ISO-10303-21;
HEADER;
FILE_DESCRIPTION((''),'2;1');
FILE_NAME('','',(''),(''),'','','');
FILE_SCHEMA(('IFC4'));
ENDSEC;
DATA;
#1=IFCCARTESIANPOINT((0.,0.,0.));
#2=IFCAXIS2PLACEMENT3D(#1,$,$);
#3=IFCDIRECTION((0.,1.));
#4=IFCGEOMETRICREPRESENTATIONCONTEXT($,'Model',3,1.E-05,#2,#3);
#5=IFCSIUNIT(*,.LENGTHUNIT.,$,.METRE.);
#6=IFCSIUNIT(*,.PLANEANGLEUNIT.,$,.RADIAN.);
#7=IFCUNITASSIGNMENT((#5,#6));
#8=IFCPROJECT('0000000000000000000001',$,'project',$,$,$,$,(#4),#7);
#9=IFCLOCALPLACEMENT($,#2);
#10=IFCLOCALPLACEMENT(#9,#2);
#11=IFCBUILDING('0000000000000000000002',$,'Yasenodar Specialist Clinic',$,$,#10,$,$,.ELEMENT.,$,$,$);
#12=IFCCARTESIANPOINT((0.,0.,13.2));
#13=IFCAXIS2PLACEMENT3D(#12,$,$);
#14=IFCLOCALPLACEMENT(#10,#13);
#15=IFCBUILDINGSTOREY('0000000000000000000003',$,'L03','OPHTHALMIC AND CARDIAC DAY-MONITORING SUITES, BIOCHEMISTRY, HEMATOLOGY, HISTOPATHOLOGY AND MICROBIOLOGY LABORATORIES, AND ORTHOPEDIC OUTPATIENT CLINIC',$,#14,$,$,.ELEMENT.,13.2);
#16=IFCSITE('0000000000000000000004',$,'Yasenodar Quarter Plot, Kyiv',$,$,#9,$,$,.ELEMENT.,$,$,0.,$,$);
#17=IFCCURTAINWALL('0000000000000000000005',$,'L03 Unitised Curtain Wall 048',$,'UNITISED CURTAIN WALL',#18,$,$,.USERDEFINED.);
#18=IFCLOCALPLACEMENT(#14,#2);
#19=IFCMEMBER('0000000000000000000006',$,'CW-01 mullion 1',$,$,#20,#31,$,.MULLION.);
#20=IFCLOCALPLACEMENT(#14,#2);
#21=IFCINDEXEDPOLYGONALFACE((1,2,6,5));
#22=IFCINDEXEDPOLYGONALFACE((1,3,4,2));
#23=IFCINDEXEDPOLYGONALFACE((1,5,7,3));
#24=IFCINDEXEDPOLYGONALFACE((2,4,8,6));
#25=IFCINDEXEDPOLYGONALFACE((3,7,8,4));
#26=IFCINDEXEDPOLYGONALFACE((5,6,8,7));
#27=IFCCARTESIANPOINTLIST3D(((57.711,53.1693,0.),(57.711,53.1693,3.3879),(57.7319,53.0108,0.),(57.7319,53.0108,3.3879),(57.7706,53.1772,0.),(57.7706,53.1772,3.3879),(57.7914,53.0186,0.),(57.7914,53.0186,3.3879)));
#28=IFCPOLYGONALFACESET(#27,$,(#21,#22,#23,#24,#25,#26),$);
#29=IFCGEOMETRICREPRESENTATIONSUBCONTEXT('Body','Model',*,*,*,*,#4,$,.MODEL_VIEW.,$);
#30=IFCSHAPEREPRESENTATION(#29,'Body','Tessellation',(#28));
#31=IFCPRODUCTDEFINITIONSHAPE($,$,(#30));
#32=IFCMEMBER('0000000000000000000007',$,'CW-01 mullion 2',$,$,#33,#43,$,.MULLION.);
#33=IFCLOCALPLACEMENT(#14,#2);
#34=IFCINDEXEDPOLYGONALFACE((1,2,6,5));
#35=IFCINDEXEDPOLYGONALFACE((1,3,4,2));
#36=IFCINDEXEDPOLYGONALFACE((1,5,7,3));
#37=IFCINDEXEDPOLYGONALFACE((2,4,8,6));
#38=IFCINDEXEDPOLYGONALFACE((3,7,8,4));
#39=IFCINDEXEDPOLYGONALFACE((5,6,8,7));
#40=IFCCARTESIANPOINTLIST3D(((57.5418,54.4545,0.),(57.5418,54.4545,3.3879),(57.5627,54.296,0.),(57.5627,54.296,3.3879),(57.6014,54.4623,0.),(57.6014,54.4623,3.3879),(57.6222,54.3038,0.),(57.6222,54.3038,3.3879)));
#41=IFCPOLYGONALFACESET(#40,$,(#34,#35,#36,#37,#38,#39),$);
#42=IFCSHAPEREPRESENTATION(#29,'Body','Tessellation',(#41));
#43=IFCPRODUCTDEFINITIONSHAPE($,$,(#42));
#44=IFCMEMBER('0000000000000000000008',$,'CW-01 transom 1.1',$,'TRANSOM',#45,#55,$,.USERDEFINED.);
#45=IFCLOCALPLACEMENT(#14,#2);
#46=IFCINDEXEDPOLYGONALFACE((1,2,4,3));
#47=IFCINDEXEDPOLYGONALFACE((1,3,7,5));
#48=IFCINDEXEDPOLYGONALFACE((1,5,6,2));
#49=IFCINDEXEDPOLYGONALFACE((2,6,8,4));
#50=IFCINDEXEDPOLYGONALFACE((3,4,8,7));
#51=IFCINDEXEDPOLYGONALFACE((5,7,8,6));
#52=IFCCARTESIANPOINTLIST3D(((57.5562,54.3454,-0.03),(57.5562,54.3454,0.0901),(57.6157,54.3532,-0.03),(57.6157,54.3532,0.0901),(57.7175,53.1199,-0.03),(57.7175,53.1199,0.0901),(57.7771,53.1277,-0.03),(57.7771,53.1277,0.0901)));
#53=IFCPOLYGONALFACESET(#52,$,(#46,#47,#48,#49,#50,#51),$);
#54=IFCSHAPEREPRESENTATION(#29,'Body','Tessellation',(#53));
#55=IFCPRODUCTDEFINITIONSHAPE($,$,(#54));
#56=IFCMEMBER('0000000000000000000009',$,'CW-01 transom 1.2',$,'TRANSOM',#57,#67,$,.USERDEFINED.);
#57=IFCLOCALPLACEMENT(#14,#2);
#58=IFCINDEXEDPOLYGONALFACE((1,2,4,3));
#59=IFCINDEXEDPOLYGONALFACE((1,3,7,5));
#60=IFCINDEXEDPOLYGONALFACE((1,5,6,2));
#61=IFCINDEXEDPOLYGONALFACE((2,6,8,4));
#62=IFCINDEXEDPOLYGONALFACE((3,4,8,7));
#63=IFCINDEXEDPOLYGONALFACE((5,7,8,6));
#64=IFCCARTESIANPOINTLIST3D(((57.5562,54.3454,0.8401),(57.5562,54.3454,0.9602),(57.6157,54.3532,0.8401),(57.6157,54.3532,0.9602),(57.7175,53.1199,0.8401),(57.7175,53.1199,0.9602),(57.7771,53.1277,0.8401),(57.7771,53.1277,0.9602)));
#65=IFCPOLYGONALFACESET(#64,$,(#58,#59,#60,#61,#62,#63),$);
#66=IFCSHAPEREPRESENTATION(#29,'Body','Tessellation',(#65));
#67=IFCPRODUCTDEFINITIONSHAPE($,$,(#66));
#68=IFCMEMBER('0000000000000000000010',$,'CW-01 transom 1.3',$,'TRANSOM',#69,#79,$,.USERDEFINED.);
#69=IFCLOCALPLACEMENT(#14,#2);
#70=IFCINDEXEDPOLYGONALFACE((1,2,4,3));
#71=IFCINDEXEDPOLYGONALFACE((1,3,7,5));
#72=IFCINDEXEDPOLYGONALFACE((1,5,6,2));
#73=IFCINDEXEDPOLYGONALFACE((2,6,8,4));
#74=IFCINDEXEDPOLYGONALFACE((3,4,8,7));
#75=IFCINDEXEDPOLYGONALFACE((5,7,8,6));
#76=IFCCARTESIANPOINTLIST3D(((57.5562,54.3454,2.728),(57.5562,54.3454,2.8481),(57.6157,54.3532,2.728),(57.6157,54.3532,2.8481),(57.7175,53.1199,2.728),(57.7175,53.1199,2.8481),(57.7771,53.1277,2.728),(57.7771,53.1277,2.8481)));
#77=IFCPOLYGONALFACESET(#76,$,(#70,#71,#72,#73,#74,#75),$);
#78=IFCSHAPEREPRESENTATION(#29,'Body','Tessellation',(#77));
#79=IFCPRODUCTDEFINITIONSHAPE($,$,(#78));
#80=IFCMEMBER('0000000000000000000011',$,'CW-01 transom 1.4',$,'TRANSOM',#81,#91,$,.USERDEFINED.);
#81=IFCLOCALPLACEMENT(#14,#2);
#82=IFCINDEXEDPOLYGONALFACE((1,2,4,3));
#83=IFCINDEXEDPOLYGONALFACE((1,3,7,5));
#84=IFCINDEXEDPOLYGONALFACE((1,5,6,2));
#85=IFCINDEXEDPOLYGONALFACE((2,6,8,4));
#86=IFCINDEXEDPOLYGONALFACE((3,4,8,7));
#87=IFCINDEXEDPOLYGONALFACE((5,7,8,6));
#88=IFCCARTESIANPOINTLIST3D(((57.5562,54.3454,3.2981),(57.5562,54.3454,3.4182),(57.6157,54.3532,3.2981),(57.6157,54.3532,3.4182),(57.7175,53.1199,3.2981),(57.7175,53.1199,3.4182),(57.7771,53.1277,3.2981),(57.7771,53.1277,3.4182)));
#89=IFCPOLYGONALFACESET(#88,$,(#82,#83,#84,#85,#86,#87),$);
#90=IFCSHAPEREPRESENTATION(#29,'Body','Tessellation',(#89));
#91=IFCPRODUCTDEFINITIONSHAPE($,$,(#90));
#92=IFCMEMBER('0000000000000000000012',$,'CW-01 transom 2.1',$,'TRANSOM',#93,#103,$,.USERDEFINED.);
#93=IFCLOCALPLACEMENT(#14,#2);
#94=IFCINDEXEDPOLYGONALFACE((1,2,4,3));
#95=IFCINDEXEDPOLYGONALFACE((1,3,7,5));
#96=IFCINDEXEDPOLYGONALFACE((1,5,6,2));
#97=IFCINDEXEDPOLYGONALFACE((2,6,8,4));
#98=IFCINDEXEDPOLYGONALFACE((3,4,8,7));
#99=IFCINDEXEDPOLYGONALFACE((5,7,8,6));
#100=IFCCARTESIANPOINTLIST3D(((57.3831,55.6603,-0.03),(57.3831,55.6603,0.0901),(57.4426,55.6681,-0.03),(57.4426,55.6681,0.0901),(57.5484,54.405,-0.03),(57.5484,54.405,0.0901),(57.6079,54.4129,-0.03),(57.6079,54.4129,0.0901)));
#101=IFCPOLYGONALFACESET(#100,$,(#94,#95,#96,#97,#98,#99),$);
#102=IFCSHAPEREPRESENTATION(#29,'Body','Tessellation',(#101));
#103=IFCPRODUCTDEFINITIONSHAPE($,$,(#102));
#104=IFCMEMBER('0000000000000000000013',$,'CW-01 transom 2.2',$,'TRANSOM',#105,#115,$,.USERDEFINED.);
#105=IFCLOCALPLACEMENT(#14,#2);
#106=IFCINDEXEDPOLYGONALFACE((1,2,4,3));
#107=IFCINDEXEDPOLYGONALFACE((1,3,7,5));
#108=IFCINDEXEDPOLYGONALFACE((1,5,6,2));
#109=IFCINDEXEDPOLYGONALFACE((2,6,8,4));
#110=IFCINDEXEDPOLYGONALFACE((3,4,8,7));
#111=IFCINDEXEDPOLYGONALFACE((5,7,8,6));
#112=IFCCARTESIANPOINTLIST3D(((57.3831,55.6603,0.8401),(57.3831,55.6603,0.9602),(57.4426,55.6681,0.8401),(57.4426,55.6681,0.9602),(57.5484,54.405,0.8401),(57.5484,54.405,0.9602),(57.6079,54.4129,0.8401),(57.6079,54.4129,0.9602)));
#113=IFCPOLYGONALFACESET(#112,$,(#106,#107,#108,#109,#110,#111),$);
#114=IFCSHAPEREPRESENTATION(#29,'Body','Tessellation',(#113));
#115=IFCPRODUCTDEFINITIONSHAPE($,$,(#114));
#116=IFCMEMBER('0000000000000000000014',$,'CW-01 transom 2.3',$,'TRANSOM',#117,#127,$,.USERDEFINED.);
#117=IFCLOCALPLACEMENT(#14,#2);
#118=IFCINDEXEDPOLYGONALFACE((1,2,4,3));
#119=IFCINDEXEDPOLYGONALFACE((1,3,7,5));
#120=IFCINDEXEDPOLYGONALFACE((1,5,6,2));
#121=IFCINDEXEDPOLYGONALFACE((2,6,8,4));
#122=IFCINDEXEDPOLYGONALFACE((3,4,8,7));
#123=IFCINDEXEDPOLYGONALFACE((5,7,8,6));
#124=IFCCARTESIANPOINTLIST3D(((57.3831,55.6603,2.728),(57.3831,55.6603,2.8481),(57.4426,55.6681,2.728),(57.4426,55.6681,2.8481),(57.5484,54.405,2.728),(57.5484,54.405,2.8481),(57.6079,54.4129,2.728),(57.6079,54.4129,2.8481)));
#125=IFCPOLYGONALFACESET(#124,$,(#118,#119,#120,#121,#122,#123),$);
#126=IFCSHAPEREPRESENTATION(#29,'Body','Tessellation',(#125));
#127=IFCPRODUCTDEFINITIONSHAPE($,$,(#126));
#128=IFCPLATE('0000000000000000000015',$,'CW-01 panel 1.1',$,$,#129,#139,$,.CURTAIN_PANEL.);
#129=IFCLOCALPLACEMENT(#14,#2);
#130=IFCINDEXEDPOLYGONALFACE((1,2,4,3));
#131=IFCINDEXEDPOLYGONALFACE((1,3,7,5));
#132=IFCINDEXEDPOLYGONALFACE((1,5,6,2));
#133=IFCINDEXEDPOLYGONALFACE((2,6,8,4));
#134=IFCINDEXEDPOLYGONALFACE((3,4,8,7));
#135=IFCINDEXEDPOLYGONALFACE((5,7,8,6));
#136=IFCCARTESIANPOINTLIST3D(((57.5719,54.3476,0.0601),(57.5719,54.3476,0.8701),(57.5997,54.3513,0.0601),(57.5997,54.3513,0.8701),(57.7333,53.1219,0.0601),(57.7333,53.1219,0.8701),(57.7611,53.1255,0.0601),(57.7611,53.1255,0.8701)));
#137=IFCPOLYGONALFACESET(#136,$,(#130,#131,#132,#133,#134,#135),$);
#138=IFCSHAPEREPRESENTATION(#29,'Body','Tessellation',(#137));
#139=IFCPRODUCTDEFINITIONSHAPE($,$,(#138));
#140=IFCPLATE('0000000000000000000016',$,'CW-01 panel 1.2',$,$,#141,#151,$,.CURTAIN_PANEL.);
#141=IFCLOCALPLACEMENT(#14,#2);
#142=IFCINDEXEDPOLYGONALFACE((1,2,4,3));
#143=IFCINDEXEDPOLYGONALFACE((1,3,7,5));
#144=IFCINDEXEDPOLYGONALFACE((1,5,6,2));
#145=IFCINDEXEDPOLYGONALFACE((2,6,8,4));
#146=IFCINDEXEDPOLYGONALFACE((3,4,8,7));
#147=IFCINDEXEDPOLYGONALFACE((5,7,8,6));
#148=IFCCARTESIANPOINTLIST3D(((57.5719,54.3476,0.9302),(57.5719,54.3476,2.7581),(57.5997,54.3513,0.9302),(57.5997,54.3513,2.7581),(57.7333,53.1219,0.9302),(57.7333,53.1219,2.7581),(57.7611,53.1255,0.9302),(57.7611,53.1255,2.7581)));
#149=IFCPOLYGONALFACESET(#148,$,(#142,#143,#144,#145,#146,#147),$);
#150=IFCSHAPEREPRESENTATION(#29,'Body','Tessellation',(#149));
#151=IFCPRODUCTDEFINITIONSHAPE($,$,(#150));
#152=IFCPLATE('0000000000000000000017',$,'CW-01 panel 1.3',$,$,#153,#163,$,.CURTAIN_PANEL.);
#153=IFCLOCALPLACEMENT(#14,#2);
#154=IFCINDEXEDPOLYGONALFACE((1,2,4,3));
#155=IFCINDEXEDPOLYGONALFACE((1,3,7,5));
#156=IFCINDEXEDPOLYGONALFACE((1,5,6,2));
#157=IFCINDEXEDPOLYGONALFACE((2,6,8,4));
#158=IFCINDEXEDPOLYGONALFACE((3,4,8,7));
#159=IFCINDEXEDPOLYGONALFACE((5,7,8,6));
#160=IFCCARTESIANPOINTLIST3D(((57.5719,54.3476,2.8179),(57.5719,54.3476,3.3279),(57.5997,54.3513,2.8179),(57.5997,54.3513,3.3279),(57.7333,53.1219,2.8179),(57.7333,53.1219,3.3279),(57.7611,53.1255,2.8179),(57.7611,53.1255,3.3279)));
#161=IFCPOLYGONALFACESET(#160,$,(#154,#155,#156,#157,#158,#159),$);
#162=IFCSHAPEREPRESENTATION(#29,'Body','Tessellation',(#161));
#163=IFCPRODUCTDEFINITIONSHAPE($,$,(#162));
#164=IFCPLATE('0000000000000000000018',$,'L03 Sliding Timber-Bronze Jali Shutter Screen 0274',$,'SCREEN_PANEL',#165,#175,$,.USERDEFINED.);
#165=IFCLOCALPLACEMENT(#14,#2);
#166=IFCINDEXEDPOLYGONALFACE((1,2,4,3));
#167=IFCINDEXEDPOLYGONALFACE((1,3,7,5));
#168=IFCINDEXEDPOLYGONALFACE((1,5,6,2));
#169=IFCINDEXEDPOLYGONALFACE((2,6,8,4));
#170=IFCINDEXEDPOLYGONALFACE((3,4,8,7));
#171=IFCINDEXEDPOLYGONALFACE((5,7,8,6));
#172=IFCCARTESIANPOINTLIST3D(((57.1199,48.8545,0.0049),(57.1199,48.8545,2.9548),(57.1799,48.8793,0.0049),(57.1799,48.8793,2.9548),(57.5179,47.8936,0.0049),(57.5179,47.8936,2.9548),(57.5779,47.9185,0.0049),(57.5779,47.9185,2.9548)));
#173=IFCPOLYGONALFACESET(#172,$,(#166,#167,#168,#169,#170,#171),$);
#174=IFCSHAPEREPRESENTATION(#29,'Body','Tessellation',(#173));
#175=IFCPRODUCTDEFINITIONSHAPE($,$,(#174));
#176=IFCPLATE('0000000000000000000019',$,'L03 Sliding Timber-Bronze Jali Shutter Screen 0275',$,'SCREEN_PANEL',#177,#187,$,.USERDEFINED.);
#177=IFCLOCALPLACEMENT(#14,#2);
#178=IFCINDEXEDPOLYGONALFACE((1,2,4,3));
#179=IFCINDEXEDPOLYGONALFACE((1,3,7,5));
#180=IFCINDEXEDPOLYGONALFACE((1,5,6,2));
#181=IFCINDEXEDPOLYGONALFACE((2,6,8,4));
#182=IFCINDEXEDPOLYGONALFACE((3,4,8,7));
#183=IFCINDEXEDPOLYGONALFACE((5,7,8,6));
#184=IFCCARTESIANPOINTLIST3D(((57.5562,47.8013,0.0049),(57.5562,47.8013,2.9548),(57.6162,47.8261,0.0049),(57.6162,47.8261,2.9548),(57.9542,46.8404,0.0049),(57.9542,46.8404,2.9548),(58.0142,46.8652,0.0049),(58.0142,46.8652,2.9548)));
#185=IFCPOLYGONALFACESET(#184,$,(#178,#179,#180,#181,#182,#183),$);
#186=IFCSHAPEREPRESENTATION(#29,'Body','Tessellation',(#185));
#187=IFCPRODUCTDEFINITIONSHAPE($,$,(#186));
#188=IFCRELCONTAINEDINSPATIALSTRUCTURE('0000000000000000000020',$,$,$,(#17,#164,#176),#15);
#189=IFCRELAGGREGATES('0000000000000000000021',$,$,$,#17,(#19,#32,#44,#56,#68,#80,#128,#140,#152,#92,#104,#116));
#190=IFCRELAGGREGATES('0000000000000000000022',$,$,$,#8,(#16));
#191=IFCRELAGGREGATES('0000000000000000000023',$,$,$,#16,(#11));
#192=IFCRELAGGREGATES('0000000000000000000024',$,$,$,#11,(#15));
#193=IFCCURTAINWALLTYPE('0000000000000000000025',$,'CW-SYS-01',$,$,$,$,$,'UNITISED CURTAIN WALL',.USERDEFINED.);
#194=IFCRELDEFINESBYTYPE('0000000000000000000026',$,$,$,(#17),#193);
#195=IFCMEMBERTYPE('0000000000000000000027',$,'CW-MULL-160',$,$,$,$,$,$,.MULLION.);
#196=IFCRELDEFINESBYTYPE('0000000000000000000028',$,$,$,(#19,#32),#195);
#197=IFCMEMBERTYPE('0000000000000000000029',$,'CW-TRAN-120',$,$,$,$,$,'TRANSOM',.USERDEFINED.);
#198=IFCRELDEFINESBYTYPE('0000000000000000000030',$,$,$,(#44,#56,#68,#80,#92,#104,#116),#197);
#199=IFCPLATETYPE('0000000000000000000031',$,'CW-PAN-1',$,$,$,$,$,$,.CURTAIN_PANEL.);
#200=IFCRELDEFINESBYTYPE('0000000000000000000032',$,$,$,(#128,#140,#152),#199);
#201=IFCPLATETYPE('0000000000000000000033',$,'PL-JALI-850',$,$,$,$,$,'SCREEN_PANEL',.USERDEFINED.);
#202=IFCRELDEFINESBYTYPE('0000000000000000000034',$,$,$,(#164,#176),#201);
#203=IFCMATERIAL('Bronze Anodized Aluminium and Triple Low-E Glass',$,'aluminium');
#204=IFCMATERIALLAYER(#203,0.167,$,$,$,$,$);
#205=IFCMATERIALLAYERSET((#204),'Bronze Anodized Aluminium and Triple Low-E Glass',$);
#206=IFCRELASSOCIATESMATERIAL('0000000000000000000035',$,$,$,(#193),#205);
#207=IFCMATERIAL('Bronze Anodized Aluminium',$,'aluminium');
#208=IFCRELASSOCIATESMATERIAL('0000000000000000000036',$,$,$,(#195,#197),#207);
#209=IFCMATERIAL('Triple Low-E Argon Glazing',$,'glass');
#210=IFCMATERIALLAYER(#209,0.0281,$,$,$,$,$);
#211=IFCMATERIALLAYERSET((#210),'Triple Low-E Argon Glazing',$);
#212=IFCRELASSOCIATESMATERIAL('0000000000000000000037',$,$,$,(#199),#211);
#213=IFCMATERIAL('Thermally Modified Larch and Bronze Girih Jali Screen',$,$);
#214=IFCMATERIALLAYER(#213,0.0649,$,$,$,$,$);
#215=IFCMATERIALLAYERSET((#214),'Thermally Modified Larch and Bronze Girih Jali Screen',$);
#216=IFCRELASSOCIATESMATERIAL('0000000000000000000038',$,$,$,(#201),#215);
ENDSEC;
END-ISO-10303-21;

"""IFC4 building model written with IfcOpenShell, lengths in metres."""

from ifc_helpers import new_model, si_unit, direction, frame, origin, origin_2d, place, context, subcontext, project, spatial, rectangle, extrude, material, layer, layer_set, material_profile, profile_set, type_object, element, aggregate, save


model = new_model("IFC4")

# Units and contexts
model_context = context("Model", 3, precision=1e-05, world=origin(), true_north=direction((0.0, 1.0)))
body_context = subcontext(model_context, "Body", "Model", "MODEL_VIEW")
ifc_project = project(units=[si_unit("LENGTHUNIT", "METRE"), si_unit("PLANEANGLEUNIT", "RADIAN")], contexts=[model_context])

# Site, building, storey
site_placement = place(None, origin())
site = spatial("IfcSite", under=ifc_project, at=site_placement, Name="Yasenodar Quarter Plot, Kyiv", CompositionType="ELEMENT", RefElevation=0.0)
building_placement = place(site_placement, origin())
building = spatial("IfcBuilding", under=site, at=building_placement, Name="Yasenodar Specialist Clinic", CompositionType="ELEMENT")
storey_placement = place(building_placement, frame((0.0, 0.0, 13.2)))
storey = spatial("IfcBuildingStorey", under=building, at=storey_placement, Name="L03", Description="OPHTHALMIC AND CARDIAC DAY-MONITORING SUITES, BIOCHEMISTRY, HEMATOLOGY, HISTOPATHOLOGY AND MICROBIOLOGY LABORATORIES, AND ORTHOPEDIC OUTPATIENT CLINIC", CompositionType="ELEMENT", Elevation=13.2)

# Curtain wall, members, plates
ifc_material_1 = material(Name="Bronze Anodized Aluminium and Triple Low-E Glass", Category="aluminium")
ifc_layer_1 = layer(ifc_material_1, 0.167)
ifc_layer_set_1 = layer_set([ifc_layer_1], Name="Bronze Anodized Aluminium and Triple Low-E Glass")
curtain_wall_type = type_object("IfcCurtainWallType", Name="CW-SYS-01", ElementType="UNITISED CURTAIN WALL", PredefinedType="USERDEFINED", material=ifc_layer_set_1)
curtain_wall_placement = place(storey_placement, origin())
curtain_wall = element("IfcCurtainWall", 1, at=curtain_wall_placement, inside=storey, type_object=curtain_wall_type, Name="L03 Unitised Curtain Wall 048", ObjectType="UNITISED CURTAIN WALL", PredefinedType="USERDEFINED")
ifc_material_2 = material(Name="Bronze Anodized Aluminium", Category="aluminium")
ifc_material_profile_1 = material_profile(ifc_material_2, rectangle(XDim=0.0601, YDim=0.1599, at=origin_2d()), Name="CW-MULL 60x160")
ifc_profile_set_1 = profile_set([ifc_material_profile_1], Name="Bronze Anodized Aluminium")
member_type_1 = type_object("IfcMemberType", Name="CW-MULL-160", PredefinedType="MULLION", material=ifc_profile_set_1)
member_1_placement = place(storey_placement, frame((57.7512, 53.094, 0.0), z_axis=(0.0, 0.0, 1.0), x_axis=(-0.991447, -0.130512, 0.0)))
member_1 = element("IfcMember", 2, at=member_1_placement, type_object=member_type_1, Name="CW-01 mullion 1", PredefinedType="MULLION", context=body_context, shape_type="SweptSolid", body=[
    extrude(rectangle(XDim=0.0601, YDim=0.1599, at=origin_2d()), origin(), (0.0, 0.0, 1.0), 3.3879),
])
member_2_placement = place(storey_placement, frame((57.582, 54.3792, 0.0), z_axis=(0.0, 0.0, 1.0), x_axis=(-0.991447, -0.130512, 0.0)))
member_2 = element("IfcMember", 3, at=member_2_placement, type_object=member_type_1, Name="CW-01 mullion 2", PredefinedType="MULLION", context=body_context, shape_type="SweptSolid", body=[
    extrude(rectangle(XDim=0.0601, YDim=0.1599, at=origin_2d()), origin(), (0.0, 0.0, 1.0), 3.3879),
])
ifc_material_profile_2 = material_profile(ifc_material_2, rectangle(XDim=0.0601, YDim=0.1201, at=origin_2d()), Name="CW-TRAN 60x120")
ifc_profile_set_2 = profile_set([ifc_material_profile_2], Name="Bronze Anodized Aluminium")
member_type_2 = type_object("IfcMemberType", Name="CW-TRAN-120", ElementType="TRANSOM", PredefinedType="USERDEFINED", material=ifc_profile_set_2)
member_3_placement = place(storey_placement, frame((57.7473, 53.1238, 0.03), z_axis=(-0.130546, 0.991442, 0.0), x_axis=(-0.991442, -0.130546, 0.0)))
member_3 = element("IfcMember", 4, at=member_3_placement, type_object=member_type_2, Name="CW-01 transom 1.1", ObjectType="TRANSOM", PredefinedType="USERDEFINED", context=body_context, shape_type="SweptSolid", body=[
    extrude(rectangle(XDim=0.0601, YDim=0.1201, at=origin_2d()), origin(), (0.0, 0.0, 1.0), 1.2361),
])
member_4_placement = place(storey_placement, frame((57.7473, 53.1238, 0.9001), z_axis=(-0.130546, 0.991442, 0.0), x_axis=(-0.991442, -0.130546, 0.0)))
member_4 = element("IfcMember", 5, at=member_4_placement, type_object=member_type_2, Name="CW-01 transom 1.2", ObjectType="TRANSOM", PredefinedType="USERDEFINED", context=body_context, shape_type="SweptSolid", body=[
    extrude(rectangle(XDim=0.0601, YDim=0.1201, at=origin_2d()), origin(), (0.0, 0.0, 1.0), 1.2361),
])
member_5_placement = place(storey_placement, frame((57.7473, 53.1238, 2.7881), z_axis=(-0.130546, 0.991442, 0.0), x_axis=(-0.991442, -0.130546, 0.0)))
member_5 = element("IfcMember", 6, at=member_5_placement, type_object=member_type_2, Name="CW-01 transom 1.3", ObjectType="TRANSOM", PredefinedType="USERDEFINED", context=body_context, shape_type="SweptSolid", body=[
    extrude(rectangle(XDim=0.0601, YDim=0.1201, at=origin_2d()), origin(), (0.0, 0.0, 1.0), 1.2361),
])
member_6_placement = place(storey_placement, frame((57.7473, 53.1238, 3.3582), z_axis=(-0.130546, 0.991442, 0.0), x_axis=(-0.991442, -0.130546, 0.0)))
member_6 = element("IfcMember", 7, at=member_6_placement, type_object=member_type_2, Name="CW-01 transom 1.4", ObjectType="TRANSOM", PredefinedType="USERDEFINED", context=body_context, shape_type="SweptSolid", body=[
    extrude(rectangle(XDim=0.0601, YDim=0.1201, at=origin_2d()), origin(), (0.0, 0.0, 1.0), 1.2361),
])
member_7_placement = place(storey_placement, frame((57.5781, 54.4089, 0.03), z_axis=(-0.130534, 0.991444, 0.0), x_axis=(-0.991444, -0.130534, 0.0)))
member_7 = element("IfcMember", 8, at=member_7_placement, type_object=member_type_2, Name="CW-01 transom 2.1", ObjectType="TRANSOM", PredefinedType="USERDEFINED", context=body_context, shape_type="SweptSolid", body=[
    extrude(rectangle(XDim=0.0601, YDim=0.1201, at=origin_2d()), origin(), (0.0, 0.0, 1.0), 1.2661),
])
member_8_placement = place(storey_placement, frame((57.5781, 54.4089, 0.9001), z_axis=(-0.130534, 0.991444, 0.0), x_axis=(-0.991444, -0.130534, 0.0)))
member_8 = element("IfcMember", 9, at=member_8_placement, type_object=member_type_2, Name="CW-01 transom 2.2", ObjectType="TRANSOM", PredefinedType="USERDEFINED", context=body_context, shape_type="SweptSolid", body=[
    extrude(rectangle(XDim=0.0601, YDim=0.1201, at=origin_2d()), origin(), (0.0, 0.0, 1.0), 1.2661),
])
member_9_placement = place(storey_placement, frame((57.5781, 54.4089, 2.7881), z_axis=(-0.130534, 0.991444, 0.0), x_axis=(-0.991444, -0.130534, 0.0)))
member_9 = element("IfcMember", 10, at=member_9_placement, type_object=member_type_2, Name="CW-01 transom 2.3", ObjectType="TRANSOM", PredefinedType="USERDEFINED", context=body_context, shape_type="SweptSolid", body=[
    extrude(rectangle(XDim=0.0601, YDim=0.1201, at=origin_2d()), origin(), (0.0, 0.0, 1.0), 1.2661),
])
ifc_material_3 = material(Name="Triple Low-E Argon Glazing", Category="glass")
ifc_layer_2 = layer(ifc_material_3, 0.0281)
ifc_layer_set_2 = layer_set([ifc_layer_2], Name="Triple Low-E Argon Glazing")
plate_type_1 = type_object("IfcPlateType", Name="CW-PAN-1", PredefinedType="CURTAIN_PANEL", material=ifc_layer_set_2)
plate_1_placement = place(storey_placement, frame((57.6665, 53.7366, 0.0601), z_axis=(0.0, 0.0, 1.0), x_axis=(-0.130512, 0.991447, 0.0)))
plate_1 = element("IfcPlate", 11, at=plate_1_placement, type_object=plate_type_1, Name="CW-01 panel 1.1", PredefinedType="CURTAIN_PANEL", context=body_context, shape_type="SweptSolid", body=[
    extrude(rectangle(XDim=1.2363, YDim=0.0281, at=origin_2d()), origin(), (0.0, 0.0, 1.0), 0.8101),
])
plate_2_placement = place(storey_placement, frame((57.6665, 53.7366, 0.9302), z_axis=(0.0, 0.0, 1.0), x_axis=(-0.130512, 0.991447, 0.0)))
plate_2 = element("IfcPlate", 12, at=plate_2_placement, type_object=plate_type_1, Name="CW-01 panel 1.2", PredefinedType="CURTAIN_PANEL", context=body_context, shape_type="SweptSolid", body=[
    extrude(rectangle(XDim=1.2363, YDim=0.0281, at=origin_2d()), origin(), (0.0, 0.0, 1.0), 1.8279),
])
plate_3_placement = place(storey_placement, frame((57.6665, 53.7366, 2.8179), z_axis=(0.0, 0.0, 1.0), x_axis=(-0.130512, 0.991447, 0.0)))
plate_3 = element("IfcPlate", 13, at=plate_3_placement, type_object=plate_type_1, Name="CW-01 panel 1.3", PredefinedType="CURTAIN_PANEL", context=body_context, shape_type="SweptSolid", body=[
    extrude(rectangle(XDim=1.2363, YDim=0.0281, at=origin_2d()), origin(), (0.0, 0.0, 1.0), 0.51),
])
aggregate(curtain_wall, [member_1, member_2, member_3, member_4, member_5, member_6, plate_1, plate_2, plate_3, member_7, member_8, member_9])

# Plates
ifc_material_4 = material(Name="Thermally Modified Larch and Bronze Girih Jali Screen")
ifc_layer_3 = layer(ifc_material_4, 0.0649)
ifc_layer_set_3 = layer_set([ifc_layer_3], Name="Thermally Modified Larch and Bronze Girih Jali Screen")
plate_type_2 = type_object("IfcPlateType", Name="PL-JALI-850", ElementType="SCREEN_PANEL", PredefinedType="USERDEFINED", material=ifc_layer_set_3)
for number, where, z_axis, x_axis, name in (
    (14, (57.3489, 48.3865, 0.0049), (0.0, 0.0, 1.0), (0.382687, -0.923878, 0.0), "L03 Sliding Timber-Bronze Jali Shutter Screen 0274"),
    (15, (57.7852, 47.3333, 0.0049), (0.0, 0.0, 1.0), (0.382687, -0.923878, 0.0), "L03 Sliding Timber-Bronze Jali Shutter Screen 0275"),
):
    element("IfcPlate", number, at=place(storey_placement, frame(where, z_axis=z_axis, x_axis=x_axis)), inside=storey, type_object=plate_type_2, Name=name, ObjectType="SCREEN_PANEL", PredefinedType="USERDEFINED", context=body_context, shape_type="SweptSolid", body=[
        extrude(rectangle(XDim=1.04, YDim=0.0649, at=origin_2d()), origin(), (0.0, 0.0, 1.0), 2.95),
    ])

save(model, "model.ifc")
